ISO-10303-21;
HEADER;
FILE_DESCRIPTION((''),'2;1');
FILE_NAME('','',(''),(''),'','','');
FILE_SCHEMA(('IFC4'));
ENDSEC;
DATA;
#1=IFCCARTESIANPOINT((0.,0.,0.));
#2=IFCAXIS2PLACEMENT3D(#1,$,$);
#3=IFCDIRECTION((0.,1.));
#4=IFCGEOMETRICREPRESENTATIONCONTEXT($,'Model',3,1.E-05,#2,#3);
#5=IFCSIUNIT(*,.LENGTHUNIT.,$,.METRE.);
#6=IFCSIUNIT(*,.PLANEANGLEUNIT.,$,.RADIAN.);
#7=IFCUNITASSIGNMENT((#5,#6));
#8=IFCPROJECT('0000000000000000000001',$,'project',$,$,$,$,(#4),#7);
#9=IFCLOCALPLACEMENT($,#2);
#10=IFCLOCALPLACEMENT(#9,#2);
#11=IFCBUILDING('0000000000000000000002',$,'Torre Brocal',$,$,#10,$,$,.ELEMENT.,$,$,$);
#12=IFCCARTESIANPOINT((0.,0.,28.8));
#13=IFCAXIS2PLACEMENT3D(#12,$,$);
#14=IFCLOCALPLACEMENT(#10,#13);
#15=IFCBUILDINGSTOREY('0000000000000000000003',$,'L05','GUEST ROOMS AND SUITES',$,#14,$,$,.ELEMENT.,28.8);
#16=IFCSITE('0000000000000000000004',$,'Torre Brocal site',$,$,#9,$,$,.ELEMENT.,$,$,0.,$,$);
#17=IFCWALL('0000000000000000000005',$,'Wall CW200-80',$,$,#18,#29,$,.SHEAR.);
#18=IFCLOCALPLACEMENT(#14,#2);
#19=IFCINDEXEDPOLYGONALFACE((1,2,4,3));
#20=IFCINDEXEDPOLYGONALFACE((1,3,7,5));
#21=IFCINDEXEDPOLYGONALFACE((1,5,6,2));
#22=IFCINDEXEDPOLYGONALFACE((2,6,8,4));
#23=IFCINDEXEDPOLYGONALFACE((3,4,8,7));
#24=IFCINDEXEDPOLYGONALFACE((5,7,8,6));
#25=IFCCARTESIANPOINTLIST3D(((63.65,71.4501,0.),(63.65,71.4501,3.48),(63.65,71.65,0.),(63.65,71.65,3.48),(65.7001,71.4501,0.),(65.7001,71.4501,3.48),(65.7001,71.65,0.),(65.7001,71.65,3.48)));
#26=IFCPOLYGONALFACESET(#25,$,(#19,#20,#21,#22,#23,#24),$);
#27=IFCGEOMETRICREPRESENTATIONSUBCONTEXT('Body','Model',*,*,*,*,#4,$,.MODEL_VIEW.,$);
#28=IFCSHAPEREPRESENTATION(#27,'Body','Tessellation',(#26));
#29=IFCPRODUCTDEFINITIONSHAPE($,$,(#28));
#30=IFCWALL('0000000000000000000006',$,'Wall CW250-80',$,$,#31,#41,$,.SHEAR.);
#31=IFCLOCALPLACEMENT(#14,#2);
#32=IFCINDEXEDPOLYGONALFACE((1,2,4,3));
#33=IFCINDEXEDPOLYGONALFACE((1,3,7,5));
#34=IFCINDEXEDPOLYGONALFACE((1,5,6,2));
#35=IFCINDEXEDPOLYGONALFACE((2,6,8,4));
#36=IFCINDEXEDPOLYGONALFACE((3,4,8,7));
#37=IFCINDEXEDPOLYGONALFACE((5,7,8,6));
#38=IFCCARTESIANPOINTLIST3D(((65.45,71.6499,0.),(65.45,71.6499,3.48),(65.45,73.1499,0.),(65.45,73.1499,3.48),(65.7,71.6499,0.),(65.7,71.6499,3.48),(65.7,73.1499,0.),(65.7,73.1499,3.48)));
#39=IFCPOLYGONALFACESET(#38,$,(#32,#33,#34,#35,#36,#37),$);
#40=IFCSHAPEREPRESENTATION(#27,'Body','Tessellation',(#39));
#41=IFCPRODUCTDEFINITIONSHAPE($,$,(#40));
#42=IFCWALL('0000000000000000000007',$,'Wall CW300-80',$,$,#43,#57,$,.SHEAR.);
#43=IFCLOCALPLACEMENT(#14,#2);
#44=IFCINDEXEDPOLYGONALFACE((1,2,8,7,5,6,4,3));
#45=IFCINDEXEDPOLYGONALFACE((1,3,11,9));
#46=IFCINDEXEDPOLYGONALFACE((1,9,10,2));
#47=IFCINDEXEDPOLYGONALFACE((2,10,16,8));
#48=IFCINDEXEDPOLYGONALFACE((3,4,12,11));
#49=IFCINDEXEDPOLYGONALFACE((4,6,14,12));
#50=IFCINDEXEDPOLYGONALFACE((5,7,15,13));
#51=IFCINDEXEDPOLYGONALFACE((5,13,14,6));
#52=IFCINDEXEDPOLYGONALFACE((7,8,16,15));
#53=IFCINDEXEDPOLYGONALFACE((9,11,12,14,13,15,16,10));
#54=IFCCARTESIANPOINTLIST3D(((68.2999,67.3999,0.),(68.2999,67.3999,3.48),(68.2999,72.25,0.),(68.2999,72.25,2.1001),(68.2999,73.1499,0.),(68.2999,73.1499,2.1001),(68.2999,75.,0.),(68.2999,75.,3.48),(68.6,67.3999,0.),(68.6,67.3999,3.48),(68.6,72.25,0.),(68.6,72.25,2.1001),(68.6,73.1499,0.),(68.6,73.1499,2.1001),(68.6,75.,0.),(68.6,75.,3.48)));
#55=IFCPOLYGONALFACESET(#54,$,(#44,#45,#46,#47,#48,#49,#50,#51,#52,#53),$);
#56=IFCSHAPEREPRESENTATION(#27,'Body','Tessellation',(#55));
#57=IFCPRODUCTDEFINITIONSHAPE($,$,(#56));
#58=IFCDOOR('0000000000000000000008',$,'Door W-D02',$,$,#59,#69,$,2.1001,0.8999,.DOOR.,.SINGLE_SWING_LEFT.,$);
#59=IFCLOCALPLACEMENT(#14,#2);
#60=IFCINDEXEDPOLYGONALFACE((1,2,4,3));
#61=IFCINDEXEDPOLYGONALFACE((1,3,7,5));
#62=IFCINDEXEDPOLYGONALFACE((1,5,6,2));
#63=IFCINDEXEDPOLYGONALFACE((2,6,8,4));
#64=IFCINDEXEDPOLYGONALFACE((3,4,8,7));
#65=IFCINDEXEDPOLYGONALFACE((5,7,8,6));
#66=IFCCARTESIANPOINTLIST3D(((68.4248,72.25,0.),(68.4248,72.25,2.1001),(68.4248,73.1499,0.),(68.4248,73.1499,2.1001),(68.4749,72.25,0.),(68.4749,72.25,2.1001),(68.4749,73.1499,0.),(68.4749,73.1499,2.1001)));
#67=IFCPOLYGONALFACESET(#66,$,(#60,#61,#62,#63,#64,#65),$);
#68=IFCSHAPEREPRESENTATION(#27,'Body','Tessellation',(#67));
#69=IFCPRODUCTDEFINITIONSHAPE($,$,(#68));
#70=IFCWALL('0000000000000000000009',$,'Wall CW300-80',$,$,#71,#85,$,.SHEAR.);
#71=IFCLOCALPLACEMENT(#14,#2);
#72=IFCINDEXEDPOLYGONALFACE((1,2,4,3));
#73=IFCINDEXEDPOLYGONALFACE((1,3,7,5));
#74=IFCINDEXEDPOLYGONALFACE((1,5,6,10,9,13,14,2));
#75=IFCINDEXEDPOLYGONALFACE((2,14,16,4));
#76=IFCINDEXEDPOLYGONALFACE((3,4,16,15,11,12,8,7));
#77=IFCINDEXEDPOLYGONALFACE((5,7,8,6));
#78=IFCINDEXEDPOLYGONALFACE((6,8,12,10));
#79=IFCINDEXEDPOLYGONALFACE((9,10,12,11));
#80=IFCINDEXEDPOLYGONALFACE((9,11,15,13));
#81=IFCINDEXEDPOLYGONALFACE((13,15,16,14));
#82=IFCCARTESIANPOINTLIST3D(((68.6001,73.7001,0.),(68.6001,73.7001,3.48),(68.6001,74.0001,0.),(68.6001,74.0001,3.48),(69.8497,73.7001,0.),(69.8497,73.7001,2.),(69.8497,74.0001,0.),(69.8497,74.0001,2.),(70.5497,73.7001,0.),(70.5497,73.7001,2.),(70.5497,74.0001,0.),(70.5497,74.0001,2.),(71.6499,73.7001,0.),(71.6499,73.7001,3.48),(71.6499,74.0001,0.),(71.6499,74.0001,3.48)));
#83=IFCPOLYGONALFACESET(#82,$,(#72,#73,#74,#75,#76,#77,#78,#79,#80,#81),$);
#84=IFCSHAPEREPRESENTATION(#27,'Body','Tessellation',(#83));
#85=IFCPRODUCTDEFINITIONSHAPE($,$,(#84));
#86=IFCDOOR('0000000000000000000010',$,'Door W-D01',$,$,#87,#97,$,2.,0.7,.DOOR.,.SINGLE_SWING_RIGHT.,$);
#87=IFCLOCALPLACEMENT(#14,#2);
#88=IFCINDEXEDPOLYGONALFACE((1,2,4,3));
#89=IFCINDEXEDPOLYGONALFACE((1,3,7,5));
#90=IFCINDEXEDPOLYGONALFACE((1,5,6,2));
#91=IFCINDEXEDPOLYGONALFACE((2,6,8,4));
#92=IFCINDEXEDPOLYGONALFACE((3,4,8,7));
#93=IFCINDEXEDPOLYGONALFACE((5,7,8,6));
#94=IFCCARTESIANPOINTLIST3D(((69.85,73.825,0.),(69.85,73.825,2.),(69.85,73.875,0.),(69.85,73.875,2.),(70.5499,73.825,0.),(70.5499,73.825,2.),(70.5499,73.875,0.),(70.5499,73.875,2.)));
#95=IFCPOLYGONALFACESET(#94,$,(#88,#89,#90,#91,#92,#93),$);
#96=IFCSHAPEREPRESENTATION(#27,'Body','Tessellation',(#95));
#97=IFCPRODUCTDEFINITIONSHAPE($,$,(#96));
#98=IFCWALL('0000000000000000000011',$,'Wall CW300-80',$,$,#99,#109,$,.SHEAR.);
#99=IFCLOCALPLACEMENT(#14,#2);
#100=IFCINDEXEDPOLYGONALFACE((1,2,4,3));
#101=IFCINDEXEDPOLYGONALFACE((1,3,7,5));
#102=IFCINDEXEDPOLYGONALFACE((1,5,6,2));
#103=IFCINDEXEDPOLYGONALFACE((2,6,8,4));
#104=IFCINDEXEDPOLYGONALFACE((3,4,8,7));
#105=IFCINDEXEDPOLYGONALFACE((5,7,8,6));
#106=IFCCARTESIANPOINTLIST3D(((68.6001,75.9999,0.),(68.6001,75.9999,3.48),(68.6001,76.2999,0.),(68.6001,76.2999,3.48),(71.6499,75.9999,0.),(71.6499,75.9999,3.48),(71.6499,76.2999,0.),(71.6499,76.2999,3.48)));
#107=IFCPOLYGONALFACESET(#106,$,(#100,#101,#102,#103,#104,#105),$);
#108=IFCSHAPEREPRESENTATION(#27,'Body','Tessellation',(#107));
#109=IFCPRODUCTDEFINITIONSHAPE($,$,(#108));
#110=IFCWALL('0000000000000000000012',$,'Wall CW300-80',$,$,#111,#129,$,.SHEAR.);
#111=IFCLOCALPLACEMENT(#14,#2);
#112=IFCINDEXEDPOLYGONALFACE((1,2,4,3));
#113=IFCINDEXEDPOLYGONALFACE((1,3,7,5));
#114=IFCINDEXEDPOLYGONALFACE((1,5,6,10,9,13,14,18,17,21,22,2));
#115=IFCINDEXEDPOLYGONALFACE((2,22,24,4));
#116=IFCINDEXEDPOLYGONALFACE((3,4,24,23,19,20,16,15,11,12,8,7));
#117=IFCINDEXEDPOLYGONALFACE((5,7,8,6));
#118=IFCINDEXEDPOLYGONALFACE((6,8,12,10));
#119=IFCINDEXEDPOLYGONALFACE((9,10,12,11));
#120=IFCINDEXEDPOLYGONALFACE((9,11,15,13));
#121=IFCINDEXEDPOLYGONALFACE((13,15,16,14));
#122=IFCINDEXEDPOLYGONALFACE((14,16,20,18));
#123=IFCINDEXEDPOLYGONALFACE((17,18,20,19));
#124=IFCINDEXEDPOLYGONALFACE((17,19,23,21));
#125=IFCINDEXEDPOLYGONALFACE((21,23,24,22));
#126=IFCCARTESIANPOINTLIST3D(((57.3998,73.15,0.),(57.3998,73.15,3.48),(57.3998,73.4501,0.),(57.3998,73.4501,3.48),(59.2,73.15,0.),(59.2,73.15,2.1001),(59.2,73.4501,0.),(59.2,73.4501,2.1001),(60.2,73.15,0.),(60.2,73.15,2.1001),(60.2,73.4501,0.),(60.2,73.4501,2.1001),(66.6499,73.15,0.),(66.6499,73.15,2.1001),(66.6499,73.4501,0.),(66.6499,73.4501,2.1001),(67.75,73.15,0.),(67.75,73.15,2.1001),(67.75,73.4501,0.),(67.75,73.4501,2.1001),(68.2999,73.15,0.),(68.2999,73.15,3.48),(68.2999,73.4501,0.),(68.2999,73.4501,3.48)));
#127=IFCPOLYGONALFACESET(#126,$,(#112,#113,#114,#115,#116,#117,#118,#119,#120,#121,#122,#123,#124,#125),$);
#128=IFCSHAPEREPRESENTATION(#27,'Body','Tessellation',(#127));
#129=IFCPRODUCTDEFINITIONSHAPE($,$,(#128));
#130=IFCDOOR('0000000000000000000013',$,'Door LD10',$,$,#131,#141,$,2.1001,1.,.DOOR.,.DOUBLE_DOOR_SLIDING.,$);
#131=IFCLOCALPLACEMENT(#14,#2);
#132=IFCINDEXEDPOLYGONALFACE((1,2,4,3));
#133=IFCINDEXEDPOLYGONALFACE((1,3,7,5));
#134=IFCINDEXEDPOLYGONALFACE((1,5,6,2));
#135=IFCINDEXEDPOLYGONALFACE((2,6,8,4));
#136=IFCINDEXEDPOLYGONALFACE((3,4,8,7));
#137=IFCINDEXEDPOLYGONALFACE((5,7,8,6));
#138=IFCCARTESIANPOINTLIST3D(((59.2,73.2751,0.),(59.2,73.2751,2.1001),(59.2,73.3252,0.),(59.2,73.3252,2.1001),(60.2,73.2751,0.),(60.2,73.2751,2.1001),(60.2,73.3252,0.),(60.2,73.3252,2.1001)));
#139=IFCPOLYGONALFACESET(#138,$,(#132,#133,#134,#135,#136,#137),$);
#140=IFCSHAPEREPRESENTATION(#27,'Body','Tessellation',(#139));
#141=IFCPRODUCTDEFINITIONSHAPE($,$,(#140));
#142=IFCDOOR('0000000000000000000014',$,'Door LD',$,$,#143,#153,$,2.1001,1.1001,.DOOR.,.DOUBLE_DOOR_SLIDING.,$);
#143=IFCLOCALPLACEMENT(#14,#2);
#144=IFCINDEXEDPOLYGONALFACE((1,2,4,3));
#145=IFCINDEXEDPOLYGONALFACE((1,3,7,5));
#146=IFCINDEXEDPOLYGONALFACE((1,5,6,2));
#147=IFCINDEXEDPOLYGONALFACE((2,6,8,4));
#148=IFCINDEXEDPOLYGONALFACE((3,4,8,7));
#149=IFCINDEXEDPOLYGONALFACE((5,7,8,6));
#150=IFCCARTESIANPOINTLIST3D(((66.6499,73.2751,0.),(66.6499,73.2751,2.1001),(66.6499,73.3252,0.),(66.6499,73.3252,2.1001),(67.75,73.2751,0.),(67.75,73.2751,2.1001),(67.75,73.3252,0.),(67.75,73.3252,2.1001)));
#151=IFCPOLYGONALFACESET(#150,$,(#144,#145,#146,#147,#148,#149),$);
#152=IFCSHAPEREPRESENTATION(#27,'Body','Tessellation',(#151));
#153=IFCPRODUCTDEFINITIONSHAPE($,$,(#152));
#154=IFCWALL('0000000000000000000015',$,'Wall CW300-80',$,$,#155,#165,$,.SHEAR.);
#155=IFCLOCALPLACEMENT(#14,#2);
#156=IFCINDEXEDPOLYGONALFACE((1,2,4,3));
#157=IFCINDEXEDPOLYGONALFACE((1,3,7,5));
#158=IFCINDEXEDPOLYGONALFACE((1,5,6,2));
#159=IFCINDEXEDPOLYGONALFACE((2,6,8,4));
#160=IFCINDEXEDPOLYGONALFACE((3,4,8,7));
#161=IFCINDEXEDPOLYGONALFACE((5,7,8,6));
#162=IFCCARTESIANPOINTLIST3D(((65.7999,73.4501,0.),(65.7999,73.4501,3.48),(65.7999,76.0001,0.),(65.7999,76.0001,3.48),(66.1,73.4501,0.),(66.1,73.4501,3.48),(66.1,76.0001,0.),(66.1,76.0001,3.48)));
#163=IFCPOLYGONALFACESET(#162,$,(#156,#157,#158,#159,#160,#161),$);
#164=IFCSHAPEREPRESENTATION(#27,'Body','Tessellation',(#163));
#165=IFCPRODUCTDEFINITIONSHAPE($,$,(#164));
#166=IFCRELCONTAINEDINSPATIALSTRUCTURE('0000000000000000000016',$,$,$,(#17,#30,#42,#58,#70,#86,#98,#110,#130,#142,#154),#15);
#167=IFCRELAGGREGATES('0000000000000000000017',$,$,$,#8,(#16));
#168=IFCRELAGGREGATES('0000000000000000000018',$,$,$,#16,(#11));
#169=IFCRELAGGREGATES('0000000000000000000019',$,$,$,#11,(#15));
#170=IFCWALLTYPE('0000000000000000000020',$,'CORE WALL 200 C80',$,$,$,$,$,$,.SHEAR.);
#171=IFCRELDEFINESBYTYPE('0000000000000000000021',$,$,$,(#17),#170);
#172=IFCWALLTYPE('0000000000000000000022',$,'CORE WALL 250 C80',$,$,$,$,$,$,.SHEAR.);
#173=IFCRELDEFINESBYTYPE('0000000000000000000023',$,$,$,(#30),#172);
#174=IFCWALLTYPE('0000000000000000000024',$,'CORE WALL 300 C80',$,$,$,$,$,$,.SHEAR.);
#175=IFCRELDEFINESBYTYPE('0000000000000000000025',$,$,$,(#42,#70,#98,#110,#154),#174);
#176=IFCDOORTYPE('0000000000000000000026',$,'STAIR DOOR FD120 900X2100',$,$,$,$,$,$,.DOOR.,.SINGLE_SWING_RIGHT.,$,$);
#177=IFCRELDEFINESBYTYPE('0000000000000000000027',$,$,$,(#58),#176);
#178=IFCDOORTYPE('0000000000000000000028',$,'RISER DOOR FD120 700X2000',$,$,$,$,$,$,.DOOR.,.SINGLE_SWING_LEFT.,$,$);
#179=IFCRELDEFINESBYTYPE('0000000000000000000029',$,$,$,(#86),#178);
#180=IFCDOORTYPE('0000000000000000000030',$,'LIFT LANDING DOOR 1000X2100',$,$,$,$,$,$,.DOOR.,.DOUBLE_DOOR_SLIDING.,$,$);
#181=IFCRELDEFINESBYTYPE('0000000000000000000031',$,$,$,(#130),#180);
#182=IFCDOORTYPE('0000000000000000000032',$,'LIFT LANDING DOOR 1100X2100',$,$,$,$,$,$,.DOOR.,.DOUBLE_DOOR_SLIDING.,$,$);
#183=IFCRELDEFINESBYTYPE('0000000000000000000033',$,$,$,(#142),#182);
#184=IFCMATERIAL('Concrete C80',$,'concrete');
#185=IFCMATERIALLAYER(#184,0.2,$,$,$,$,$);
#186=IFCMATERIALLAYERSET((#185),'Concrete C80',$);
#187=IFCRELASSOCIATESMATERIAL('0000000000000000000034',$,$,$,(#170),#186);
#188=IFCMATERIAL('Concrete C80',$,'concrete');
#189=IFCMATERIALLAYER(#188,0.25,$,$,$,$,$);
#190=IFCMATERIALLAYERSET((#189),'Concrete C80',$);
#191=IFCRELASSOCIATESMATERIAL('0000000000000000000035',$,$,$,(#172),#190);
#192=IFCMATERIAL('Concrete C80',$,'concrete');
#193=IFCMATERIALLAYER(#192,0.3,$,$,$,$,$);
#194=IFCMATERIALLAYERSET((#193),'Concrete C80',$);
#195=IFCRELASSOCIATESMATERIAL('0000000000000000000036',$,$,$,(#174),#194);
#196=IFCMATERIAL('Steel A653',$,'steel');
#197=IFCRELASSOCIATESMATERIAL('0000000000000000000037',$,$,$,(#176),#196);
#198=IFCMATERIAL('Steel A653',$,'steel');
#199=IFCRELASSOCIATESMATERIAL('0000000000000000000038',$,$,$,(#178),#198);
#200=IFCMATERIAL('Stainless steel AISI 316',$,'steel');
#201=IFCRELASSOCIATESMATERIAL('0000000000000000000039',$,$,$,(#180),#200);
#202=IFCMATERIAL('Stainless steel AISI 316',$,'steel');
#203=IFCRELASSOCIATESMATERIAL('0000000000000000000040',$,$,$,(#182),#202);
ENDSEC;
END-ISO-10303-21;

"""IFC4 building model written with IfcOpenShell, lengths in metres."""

from ifc_helpers import new_model, si_unit, direction, frame, frame_2d, origin, place, context, subcontext, project, spatial, rectangle, extrude, material, layer, layer_set, type_object, element, fill, save


model = new_model("IFC4")

# Units and contexts
model_context = context("Model", 3, precision=1e-05, world=origin(), true_north=direction((0.0, 1.0)))
body_context = subcontext(model_context, "Body", "Model", "MODEL_VIEW")
ifc_project = project(units=[si_unit("LENGTHUNIT", "METRE"), si_unit("PLANEANGLEUNIT", "RADIAN")], contexts=[model_context])

# Site, building, storey
site_placement = place(None, origin())
site = spatial("IfcSite", under=ifc_project, at=site_placement, Name="Torre Brocal site", CompositionType="ELEMENT", RefElevation=0.0)
building_placement = place(site_placement, origin())
building = spatial("IfcBuilding", under=site, at=building_placement, Name="Torre Brocal", CompositionType="ELEMENT")
storey_placement = place(building_placement, frame((0.0, 0.0, 28.8)))
storey = spatial("IfcBuildingStorey", under=building, at=storey_placement, Name="L05", Description="GUEST ROOMS AND SUITES", CompositionType="ELEMENT", Elevation=28.8)

# Walls
ifc_material_1 = material(Name="Concrete C80", Category="concrete")
ifc_layer_1 = layer(ifc_material_1, 0.2)
ifc_layer_set_1 = layer_set([ifc_layer_1], Name="Concrete C80")
wall_type_1 = type_object("IfcWallType", Name="CORE WALL 200 C80", PredefinedType="SHEAR", material=ifc_layer_set_1)
wall_1_placement = place(storey_placement, frame((65.7, 71.55, 0.0), z_axis=(0.0, 0.0, 1.0), x_axis=(-1.0, 0.0, 0.0)))
element("IfcWall", 1, at=wall_1_placement, inside=storey, type_object=wall_type_1, Name="Wall CW200-80", PredefinedType="SHEAR", context=body_context, shape_type="SweptSolid", body=[
    extrude(rectangle(XDim=2.05, YDim=0.2, at=frame_2d((1.0249, 0.0))), origin(), (0.0, 0.0, 1.0), 3.48),
])
ifc_material_2 = material(Name="Concrete C80", Category="concrete")
ifc_layer_2 = layer(ifc_material_2, 0.25)
ifc_layer_set_2 = layer_set([ifc_layer_2], Name="Concrete C80")
wall_type_2 = type_object("IfcWallType", Name="CORE WALL 250 C80", PredefinedType="SHEAR", material=ifc_layer_set_2)
wall_2_placement = place(storey_placement, frame((65.575, 73.1499, 0.0), z_axis=(0.0, 0.0, 1.0), x_axis=(0.0, -1.0, 0.0)))
element("IfcWall", 2, at=wall_2_placement, inside=storey, type_object=wall_type_2, Name="Wall CW250-80", PredefinedType="SHEAR", context=body_context, shape_type="SweptSolid", body=[
    extrude(rectangle(XDim=1.5, YDim=0.25, at=frame_2d((0.75, 0.0))), origin(), (0.0, 0.0, 1.0), 3.48),
])

# Walls, openings, doors
ifc_material_3 = material(Name="Concrete C80", Category="concrete")
ifc_layer_3 = layer(ifc_material_3, 0.3)
ifc_layer_set_3 = layer_set([ifc_layer_3], Name="Concrete C80")
wall_type_3 = type_object("IfcWallType", Name="CORE WALL 300 C80", PredefinedType="SHEAR", material=ifc_layer_set_3)
wall_3_placement = place(storey_placement, frame((68.45, 75.0, 0.0), z_axis=(0.0, 0.0, 1.0), x_axis=(0.0, -1.0, 0.0)))
wall_3 = element("IfcWall", 3, at=wall_3_placement, inside=storey, type_object=wall_type_3, Name="Wall CW300-80", PredefinedType="SHEAR", context=body_context, shape_type="SweptSolid", body=[
    extrude(rectangle(XDim=7.6001, YDim=0.3, at=frame_2d((3.8, 0.0))), origin(), (0.0, 0.0, 1.0), 3.48),
])
opening_1_placement = place(wall_3_placement, frame((1.8501, 0.0, 0.0)))
opening_1 = element("IfcOpeningElement", 4, at=opening_1_placement, cuts=wall_3, PredefinedType="OPENING", context=body_context, shape_type="SweptSolid", body=[
    extrude(rectangle(XDim=0.8999, YDim=2.1001, at=frame_2d((0.45, 1.05))), frame((0.0, 0.1599, 0.0), z_axis=(0.0, -1.0, 0.0), x_axis=(1.0, 0.0, 0.0)), (0.0, 0.0, 1.0), 0.3201),
])
ifc_material_4 = material(Name="Steel A653", Category="steel")
door_type_1 = type_object("IfcDoorType", Name="STAIR DOOR FD120 900X2100", OperationType="SINGLE_SWING_RIGHT", PredefinedType="DOOR", material=ifc_material_4)
door_1_placement = place(opening_1_placement, origin())
door_1 = element("IfcDoor", 5, at=door_1_placement, inside=storey, type_object=door_type_1, Name="Door W-D02", OperationType="SINGLE_SWING_LEFT", OverallHeight=2.1001, OverallWidth=0.8999, PredefinedType="DOOR", context=body_context, shape_type="SweptSolid", body=[
    extrude(rectangle(XDim=0.8999, YDim=2.1001, at=frame_2d((0.45, 1.05))), frame((0.0, 0.0249, 0.0), z_axis=(0.0, -1.0, 0.0), x_axis=(1.0, 0.0, 0.0)), (0.0, 0.0, 1.0), 0.05),
])
fill(opening_1, door_1)
wall_4_placement = place(storey_placement, frame((71.6499, 73.8501, 0.0), z_axis=(0.0, 0.0, 1.0), x_axis=(-1.0, 0.0, 0.0)))
wall_4 = element("IfcWall", 6, at=wall_4_placement, inside=storey, type_object=wall_type_3, Name="Wall CW300-80", PredefinedType="SHEAR", context=body_context, shape_type="SweptSolid", body=[
    extrude(rectangle(XDim=3.0498, YDim=0.3, at=frame_2d((1.5249, 0.0))), origin(), (0.0, 0.0, 1.0), 3.48),
])
opening_2_placement = place(wall_4_placement, frame((1.1001, 0.0, 0.0)))
opening_2 = element("IfcOpeningElement", 7, at=opening_2_placement, cuts=wall_4, PredefinedType="OPENING", context=body_context, shape_type="SweptSolid", body=[
    extrude(rectangle(XDim=0.7, YDim=2.0, at=frame_2d((0.3501, 1.0))), frame((0.0, 0.1599, 0.0), z_axis=(0.0, -1.0, 0.0), x_axis=(1.0, 0.0, 0.0)), (0.0, 0.0, 1.0), 0.3201),
])
ifc_material_5 = material(Name="Steel A653", Category="steel")
door_type_2 = type_object("IfcDoorType", Name="RISER DOOR FD120 700X2000", OperationType="SINGLE_SWING_LEFT", PredefinedType="DOOR", material=ifc_material_5)
door_2_placement = place(opening_2_placement, frame((0.7, 0.0, 0.0), z_axis=(0.0, 0.0, 1.0), x_axis=(-1.0, 0.0, 0.0)))
door_2 = element("IfcDoor", 8, at=door_2_placement, inside=storey, type_object=door_type_2, Name="Door W-D01", OperationType="SINGLE_SWING_RIGHT", OverallHeight=2.0, OverallWidth=0.7, PredefinedType="DOOR", context=body_context, shape_type="SweptSolid", body=[
    extrude(rectangle(XDim=0.7, YDim=2.0, at=frame_2d((0.3501, 1.0))), frame((0.0, 0.0249, 0.0), z_axis=(0.0, -1.0, 0.0), x_axis=(1.0, 0.0, 0.0)), (0.0, 0.0, 1.0), 0.05),
])
fill(opening_2, door_2)

# Wall
wall_5_placement = place(storey_placement, frame((71.6499, 76.1499, 0.0), z_axis=(0.0, 0.0, 1.0), x_axis=(-1.0, 0.0, 0.0)))
element("IfcWall", 9, at=wall_5_placement, inside=storey, type_object=wall_type_3, Name="Wall CW300-80", PredefinedType="SHEAR", context=body_context, shape_type="SweptSolid", body=[
    extrude(rectangle(XDim=3.0498, YDim=0.3, at=frame_2d((1.5249, 0.0))), origin(), (0.0, 0.0, 1.0), 3.48),
])

# Wall, openings, doors
wall_6_placement = place(storey_placement, frame((68.3, 73.3, 0.0), z_axis=(0.0, 0.0, 1.0), x_axis=(-1.0, 0.0, 0.0)))
wall_6 = element("IfcWall", 10, at=wall_6_placement, inside=storey, type_object=wall_type_3, Name="Wall CW300-80", PredefinedType="SHEAR", context=body_context, shape_type="SweptSolid", body=[
    extrude(rectangle(XDim=10.9001, YDim=0.3, at=frame_2d((5.4502, 0.0))), origin(), (0.0, 0.0, 1.0), 3.48),
])
opening_3_placement = place(wall_6_placement, frame((0.55, 0.0, 0.0)))
opening_3 = element("IfcOpeningElement", 11, at=opening_3_placement, cuts=wall_6, PredefinedType="OPENING", context=body_context, shape_type="SweptSolid", body=[
    extrude(rectangle(XDim=1.1001, YDim=2.1001, at=frame_2d((0.55, 1.05))), frame((0.0, 0.1599, 0.0), z_axis=(0.0, -1.0, 0.0), x_axis=(1.0, 0.0, 0.0)), (0.0, 0.0, 1.0), 0.3201),
])
opening_4_placement = place(wall_6_placement, frame((8.1001, 0.0, 0.0)))
opening_4 = element("IfcOpeningElement", 12, at=opening_4_placement, cuts=wall_6, PredefinedType="OPENING", context=body_context, shape_type="SweptSolid", body=[
    extrude(rectangle(XDim=1.0, YDim=2.1001, at=frame_2d((0.5, 1.05))), frame((0.0, 0.1599, 0.0), z_axis=(0.0, -1.0, 0.0), x_axis=(1.0, 0.0, 0.0)), (0.0, 0.0, 1.0), 0.3201),
])
ifc_material_6 = material(Name="Stainless steel AISI 316", Category="steel")
door_type_3 = type_object("IfcDoorType", Name="LIFT LANDING DOOR 1000X2100", OperationType="DOUBLE_DOOR_SLIDING", PredefinedType="DOOR", material=ifc_material_6)
door_3_placement = place(opening_4_placement, origin())
door_3 = element("IfcDoor", 13, at=door_3_placement, inside=storey, type_object=door_type_3, Name="Door LD10", OperationType="DOUBLE_DOOR_SLIDING", OverallHeight=2.1001, OverallWidth=1.0, PredefinedType="DOOR", context=body_context, shape_type="SweptSolid", body=[
    extrude(rectangle(XDim=1.0, YDim=2.1001, at=frame_2d((0.5, 1.05))), frame((0.0, 0.0249, 0.0), z_axis=(0.0, -1.0, 0.0), x_axis=(1.0, 0.0, 0.0)), (0.0, 0.0, 1.0), 0.05),
])
fill(opening_4, door_3)
ifc_material_7 = material(Name="Stainless steel AISI 316", Category="steel")
door_type_4 = type_object("IfcDoorType", Name="LIFT LANDING DOOR 1100X2100", OperationType="DOUBLE_DOOR_SLIDING", PredefinedType="DOOR", material=ifc_material_7)
door_4_placement = place(opening_3_placement, origin())
door_4 = element("IfcDoor", 14, at=door_4_placement, inside=storey, type_object=door_type_4, Name="Door LD", OperationType="DOUBLE_DOOR_SLIDING", OverallHeight=2.1001, OverallWidth=1.1001, PredefinedType="DOOR", context=body_context, shape_type="SweptSolid", body=[
    extrude(rectangle(XDim=1.1001, YDim=2.1001, at=frame_2d((0.55, 1.05))), frame((0.0, 0.0249, 0.0), z_axis=(0.0, -1.0, 0.0), x_axis=(1.0, 0.0, 0.0)), (0.0, 0.0, 1.0), 0.05),
])
fill(opening_3, door_4)

# Wall
wall_7_placement = place(storey_placement, frame((65.95, 76.0, 0.0), z_axis=(0.0, 0.0, 1.0), x_axis=(0.0, -1.0, 0.0)))
element("IfcWall", 15, at=wall_7_placement, inside=storey, type_object=wall_type_3, Name="Wall CW300-80", PredefinedType="SHEAR", context=body_context, shape_type="SweptSolid", body=[
    extrude(rectangle(XDim=2.55, YDim=0.3, at=frame_2d((1.2749, 0.0))), origin(), (0.0, 0.0, 1.0), 3.48),
])

save(model, "model.ifc")
